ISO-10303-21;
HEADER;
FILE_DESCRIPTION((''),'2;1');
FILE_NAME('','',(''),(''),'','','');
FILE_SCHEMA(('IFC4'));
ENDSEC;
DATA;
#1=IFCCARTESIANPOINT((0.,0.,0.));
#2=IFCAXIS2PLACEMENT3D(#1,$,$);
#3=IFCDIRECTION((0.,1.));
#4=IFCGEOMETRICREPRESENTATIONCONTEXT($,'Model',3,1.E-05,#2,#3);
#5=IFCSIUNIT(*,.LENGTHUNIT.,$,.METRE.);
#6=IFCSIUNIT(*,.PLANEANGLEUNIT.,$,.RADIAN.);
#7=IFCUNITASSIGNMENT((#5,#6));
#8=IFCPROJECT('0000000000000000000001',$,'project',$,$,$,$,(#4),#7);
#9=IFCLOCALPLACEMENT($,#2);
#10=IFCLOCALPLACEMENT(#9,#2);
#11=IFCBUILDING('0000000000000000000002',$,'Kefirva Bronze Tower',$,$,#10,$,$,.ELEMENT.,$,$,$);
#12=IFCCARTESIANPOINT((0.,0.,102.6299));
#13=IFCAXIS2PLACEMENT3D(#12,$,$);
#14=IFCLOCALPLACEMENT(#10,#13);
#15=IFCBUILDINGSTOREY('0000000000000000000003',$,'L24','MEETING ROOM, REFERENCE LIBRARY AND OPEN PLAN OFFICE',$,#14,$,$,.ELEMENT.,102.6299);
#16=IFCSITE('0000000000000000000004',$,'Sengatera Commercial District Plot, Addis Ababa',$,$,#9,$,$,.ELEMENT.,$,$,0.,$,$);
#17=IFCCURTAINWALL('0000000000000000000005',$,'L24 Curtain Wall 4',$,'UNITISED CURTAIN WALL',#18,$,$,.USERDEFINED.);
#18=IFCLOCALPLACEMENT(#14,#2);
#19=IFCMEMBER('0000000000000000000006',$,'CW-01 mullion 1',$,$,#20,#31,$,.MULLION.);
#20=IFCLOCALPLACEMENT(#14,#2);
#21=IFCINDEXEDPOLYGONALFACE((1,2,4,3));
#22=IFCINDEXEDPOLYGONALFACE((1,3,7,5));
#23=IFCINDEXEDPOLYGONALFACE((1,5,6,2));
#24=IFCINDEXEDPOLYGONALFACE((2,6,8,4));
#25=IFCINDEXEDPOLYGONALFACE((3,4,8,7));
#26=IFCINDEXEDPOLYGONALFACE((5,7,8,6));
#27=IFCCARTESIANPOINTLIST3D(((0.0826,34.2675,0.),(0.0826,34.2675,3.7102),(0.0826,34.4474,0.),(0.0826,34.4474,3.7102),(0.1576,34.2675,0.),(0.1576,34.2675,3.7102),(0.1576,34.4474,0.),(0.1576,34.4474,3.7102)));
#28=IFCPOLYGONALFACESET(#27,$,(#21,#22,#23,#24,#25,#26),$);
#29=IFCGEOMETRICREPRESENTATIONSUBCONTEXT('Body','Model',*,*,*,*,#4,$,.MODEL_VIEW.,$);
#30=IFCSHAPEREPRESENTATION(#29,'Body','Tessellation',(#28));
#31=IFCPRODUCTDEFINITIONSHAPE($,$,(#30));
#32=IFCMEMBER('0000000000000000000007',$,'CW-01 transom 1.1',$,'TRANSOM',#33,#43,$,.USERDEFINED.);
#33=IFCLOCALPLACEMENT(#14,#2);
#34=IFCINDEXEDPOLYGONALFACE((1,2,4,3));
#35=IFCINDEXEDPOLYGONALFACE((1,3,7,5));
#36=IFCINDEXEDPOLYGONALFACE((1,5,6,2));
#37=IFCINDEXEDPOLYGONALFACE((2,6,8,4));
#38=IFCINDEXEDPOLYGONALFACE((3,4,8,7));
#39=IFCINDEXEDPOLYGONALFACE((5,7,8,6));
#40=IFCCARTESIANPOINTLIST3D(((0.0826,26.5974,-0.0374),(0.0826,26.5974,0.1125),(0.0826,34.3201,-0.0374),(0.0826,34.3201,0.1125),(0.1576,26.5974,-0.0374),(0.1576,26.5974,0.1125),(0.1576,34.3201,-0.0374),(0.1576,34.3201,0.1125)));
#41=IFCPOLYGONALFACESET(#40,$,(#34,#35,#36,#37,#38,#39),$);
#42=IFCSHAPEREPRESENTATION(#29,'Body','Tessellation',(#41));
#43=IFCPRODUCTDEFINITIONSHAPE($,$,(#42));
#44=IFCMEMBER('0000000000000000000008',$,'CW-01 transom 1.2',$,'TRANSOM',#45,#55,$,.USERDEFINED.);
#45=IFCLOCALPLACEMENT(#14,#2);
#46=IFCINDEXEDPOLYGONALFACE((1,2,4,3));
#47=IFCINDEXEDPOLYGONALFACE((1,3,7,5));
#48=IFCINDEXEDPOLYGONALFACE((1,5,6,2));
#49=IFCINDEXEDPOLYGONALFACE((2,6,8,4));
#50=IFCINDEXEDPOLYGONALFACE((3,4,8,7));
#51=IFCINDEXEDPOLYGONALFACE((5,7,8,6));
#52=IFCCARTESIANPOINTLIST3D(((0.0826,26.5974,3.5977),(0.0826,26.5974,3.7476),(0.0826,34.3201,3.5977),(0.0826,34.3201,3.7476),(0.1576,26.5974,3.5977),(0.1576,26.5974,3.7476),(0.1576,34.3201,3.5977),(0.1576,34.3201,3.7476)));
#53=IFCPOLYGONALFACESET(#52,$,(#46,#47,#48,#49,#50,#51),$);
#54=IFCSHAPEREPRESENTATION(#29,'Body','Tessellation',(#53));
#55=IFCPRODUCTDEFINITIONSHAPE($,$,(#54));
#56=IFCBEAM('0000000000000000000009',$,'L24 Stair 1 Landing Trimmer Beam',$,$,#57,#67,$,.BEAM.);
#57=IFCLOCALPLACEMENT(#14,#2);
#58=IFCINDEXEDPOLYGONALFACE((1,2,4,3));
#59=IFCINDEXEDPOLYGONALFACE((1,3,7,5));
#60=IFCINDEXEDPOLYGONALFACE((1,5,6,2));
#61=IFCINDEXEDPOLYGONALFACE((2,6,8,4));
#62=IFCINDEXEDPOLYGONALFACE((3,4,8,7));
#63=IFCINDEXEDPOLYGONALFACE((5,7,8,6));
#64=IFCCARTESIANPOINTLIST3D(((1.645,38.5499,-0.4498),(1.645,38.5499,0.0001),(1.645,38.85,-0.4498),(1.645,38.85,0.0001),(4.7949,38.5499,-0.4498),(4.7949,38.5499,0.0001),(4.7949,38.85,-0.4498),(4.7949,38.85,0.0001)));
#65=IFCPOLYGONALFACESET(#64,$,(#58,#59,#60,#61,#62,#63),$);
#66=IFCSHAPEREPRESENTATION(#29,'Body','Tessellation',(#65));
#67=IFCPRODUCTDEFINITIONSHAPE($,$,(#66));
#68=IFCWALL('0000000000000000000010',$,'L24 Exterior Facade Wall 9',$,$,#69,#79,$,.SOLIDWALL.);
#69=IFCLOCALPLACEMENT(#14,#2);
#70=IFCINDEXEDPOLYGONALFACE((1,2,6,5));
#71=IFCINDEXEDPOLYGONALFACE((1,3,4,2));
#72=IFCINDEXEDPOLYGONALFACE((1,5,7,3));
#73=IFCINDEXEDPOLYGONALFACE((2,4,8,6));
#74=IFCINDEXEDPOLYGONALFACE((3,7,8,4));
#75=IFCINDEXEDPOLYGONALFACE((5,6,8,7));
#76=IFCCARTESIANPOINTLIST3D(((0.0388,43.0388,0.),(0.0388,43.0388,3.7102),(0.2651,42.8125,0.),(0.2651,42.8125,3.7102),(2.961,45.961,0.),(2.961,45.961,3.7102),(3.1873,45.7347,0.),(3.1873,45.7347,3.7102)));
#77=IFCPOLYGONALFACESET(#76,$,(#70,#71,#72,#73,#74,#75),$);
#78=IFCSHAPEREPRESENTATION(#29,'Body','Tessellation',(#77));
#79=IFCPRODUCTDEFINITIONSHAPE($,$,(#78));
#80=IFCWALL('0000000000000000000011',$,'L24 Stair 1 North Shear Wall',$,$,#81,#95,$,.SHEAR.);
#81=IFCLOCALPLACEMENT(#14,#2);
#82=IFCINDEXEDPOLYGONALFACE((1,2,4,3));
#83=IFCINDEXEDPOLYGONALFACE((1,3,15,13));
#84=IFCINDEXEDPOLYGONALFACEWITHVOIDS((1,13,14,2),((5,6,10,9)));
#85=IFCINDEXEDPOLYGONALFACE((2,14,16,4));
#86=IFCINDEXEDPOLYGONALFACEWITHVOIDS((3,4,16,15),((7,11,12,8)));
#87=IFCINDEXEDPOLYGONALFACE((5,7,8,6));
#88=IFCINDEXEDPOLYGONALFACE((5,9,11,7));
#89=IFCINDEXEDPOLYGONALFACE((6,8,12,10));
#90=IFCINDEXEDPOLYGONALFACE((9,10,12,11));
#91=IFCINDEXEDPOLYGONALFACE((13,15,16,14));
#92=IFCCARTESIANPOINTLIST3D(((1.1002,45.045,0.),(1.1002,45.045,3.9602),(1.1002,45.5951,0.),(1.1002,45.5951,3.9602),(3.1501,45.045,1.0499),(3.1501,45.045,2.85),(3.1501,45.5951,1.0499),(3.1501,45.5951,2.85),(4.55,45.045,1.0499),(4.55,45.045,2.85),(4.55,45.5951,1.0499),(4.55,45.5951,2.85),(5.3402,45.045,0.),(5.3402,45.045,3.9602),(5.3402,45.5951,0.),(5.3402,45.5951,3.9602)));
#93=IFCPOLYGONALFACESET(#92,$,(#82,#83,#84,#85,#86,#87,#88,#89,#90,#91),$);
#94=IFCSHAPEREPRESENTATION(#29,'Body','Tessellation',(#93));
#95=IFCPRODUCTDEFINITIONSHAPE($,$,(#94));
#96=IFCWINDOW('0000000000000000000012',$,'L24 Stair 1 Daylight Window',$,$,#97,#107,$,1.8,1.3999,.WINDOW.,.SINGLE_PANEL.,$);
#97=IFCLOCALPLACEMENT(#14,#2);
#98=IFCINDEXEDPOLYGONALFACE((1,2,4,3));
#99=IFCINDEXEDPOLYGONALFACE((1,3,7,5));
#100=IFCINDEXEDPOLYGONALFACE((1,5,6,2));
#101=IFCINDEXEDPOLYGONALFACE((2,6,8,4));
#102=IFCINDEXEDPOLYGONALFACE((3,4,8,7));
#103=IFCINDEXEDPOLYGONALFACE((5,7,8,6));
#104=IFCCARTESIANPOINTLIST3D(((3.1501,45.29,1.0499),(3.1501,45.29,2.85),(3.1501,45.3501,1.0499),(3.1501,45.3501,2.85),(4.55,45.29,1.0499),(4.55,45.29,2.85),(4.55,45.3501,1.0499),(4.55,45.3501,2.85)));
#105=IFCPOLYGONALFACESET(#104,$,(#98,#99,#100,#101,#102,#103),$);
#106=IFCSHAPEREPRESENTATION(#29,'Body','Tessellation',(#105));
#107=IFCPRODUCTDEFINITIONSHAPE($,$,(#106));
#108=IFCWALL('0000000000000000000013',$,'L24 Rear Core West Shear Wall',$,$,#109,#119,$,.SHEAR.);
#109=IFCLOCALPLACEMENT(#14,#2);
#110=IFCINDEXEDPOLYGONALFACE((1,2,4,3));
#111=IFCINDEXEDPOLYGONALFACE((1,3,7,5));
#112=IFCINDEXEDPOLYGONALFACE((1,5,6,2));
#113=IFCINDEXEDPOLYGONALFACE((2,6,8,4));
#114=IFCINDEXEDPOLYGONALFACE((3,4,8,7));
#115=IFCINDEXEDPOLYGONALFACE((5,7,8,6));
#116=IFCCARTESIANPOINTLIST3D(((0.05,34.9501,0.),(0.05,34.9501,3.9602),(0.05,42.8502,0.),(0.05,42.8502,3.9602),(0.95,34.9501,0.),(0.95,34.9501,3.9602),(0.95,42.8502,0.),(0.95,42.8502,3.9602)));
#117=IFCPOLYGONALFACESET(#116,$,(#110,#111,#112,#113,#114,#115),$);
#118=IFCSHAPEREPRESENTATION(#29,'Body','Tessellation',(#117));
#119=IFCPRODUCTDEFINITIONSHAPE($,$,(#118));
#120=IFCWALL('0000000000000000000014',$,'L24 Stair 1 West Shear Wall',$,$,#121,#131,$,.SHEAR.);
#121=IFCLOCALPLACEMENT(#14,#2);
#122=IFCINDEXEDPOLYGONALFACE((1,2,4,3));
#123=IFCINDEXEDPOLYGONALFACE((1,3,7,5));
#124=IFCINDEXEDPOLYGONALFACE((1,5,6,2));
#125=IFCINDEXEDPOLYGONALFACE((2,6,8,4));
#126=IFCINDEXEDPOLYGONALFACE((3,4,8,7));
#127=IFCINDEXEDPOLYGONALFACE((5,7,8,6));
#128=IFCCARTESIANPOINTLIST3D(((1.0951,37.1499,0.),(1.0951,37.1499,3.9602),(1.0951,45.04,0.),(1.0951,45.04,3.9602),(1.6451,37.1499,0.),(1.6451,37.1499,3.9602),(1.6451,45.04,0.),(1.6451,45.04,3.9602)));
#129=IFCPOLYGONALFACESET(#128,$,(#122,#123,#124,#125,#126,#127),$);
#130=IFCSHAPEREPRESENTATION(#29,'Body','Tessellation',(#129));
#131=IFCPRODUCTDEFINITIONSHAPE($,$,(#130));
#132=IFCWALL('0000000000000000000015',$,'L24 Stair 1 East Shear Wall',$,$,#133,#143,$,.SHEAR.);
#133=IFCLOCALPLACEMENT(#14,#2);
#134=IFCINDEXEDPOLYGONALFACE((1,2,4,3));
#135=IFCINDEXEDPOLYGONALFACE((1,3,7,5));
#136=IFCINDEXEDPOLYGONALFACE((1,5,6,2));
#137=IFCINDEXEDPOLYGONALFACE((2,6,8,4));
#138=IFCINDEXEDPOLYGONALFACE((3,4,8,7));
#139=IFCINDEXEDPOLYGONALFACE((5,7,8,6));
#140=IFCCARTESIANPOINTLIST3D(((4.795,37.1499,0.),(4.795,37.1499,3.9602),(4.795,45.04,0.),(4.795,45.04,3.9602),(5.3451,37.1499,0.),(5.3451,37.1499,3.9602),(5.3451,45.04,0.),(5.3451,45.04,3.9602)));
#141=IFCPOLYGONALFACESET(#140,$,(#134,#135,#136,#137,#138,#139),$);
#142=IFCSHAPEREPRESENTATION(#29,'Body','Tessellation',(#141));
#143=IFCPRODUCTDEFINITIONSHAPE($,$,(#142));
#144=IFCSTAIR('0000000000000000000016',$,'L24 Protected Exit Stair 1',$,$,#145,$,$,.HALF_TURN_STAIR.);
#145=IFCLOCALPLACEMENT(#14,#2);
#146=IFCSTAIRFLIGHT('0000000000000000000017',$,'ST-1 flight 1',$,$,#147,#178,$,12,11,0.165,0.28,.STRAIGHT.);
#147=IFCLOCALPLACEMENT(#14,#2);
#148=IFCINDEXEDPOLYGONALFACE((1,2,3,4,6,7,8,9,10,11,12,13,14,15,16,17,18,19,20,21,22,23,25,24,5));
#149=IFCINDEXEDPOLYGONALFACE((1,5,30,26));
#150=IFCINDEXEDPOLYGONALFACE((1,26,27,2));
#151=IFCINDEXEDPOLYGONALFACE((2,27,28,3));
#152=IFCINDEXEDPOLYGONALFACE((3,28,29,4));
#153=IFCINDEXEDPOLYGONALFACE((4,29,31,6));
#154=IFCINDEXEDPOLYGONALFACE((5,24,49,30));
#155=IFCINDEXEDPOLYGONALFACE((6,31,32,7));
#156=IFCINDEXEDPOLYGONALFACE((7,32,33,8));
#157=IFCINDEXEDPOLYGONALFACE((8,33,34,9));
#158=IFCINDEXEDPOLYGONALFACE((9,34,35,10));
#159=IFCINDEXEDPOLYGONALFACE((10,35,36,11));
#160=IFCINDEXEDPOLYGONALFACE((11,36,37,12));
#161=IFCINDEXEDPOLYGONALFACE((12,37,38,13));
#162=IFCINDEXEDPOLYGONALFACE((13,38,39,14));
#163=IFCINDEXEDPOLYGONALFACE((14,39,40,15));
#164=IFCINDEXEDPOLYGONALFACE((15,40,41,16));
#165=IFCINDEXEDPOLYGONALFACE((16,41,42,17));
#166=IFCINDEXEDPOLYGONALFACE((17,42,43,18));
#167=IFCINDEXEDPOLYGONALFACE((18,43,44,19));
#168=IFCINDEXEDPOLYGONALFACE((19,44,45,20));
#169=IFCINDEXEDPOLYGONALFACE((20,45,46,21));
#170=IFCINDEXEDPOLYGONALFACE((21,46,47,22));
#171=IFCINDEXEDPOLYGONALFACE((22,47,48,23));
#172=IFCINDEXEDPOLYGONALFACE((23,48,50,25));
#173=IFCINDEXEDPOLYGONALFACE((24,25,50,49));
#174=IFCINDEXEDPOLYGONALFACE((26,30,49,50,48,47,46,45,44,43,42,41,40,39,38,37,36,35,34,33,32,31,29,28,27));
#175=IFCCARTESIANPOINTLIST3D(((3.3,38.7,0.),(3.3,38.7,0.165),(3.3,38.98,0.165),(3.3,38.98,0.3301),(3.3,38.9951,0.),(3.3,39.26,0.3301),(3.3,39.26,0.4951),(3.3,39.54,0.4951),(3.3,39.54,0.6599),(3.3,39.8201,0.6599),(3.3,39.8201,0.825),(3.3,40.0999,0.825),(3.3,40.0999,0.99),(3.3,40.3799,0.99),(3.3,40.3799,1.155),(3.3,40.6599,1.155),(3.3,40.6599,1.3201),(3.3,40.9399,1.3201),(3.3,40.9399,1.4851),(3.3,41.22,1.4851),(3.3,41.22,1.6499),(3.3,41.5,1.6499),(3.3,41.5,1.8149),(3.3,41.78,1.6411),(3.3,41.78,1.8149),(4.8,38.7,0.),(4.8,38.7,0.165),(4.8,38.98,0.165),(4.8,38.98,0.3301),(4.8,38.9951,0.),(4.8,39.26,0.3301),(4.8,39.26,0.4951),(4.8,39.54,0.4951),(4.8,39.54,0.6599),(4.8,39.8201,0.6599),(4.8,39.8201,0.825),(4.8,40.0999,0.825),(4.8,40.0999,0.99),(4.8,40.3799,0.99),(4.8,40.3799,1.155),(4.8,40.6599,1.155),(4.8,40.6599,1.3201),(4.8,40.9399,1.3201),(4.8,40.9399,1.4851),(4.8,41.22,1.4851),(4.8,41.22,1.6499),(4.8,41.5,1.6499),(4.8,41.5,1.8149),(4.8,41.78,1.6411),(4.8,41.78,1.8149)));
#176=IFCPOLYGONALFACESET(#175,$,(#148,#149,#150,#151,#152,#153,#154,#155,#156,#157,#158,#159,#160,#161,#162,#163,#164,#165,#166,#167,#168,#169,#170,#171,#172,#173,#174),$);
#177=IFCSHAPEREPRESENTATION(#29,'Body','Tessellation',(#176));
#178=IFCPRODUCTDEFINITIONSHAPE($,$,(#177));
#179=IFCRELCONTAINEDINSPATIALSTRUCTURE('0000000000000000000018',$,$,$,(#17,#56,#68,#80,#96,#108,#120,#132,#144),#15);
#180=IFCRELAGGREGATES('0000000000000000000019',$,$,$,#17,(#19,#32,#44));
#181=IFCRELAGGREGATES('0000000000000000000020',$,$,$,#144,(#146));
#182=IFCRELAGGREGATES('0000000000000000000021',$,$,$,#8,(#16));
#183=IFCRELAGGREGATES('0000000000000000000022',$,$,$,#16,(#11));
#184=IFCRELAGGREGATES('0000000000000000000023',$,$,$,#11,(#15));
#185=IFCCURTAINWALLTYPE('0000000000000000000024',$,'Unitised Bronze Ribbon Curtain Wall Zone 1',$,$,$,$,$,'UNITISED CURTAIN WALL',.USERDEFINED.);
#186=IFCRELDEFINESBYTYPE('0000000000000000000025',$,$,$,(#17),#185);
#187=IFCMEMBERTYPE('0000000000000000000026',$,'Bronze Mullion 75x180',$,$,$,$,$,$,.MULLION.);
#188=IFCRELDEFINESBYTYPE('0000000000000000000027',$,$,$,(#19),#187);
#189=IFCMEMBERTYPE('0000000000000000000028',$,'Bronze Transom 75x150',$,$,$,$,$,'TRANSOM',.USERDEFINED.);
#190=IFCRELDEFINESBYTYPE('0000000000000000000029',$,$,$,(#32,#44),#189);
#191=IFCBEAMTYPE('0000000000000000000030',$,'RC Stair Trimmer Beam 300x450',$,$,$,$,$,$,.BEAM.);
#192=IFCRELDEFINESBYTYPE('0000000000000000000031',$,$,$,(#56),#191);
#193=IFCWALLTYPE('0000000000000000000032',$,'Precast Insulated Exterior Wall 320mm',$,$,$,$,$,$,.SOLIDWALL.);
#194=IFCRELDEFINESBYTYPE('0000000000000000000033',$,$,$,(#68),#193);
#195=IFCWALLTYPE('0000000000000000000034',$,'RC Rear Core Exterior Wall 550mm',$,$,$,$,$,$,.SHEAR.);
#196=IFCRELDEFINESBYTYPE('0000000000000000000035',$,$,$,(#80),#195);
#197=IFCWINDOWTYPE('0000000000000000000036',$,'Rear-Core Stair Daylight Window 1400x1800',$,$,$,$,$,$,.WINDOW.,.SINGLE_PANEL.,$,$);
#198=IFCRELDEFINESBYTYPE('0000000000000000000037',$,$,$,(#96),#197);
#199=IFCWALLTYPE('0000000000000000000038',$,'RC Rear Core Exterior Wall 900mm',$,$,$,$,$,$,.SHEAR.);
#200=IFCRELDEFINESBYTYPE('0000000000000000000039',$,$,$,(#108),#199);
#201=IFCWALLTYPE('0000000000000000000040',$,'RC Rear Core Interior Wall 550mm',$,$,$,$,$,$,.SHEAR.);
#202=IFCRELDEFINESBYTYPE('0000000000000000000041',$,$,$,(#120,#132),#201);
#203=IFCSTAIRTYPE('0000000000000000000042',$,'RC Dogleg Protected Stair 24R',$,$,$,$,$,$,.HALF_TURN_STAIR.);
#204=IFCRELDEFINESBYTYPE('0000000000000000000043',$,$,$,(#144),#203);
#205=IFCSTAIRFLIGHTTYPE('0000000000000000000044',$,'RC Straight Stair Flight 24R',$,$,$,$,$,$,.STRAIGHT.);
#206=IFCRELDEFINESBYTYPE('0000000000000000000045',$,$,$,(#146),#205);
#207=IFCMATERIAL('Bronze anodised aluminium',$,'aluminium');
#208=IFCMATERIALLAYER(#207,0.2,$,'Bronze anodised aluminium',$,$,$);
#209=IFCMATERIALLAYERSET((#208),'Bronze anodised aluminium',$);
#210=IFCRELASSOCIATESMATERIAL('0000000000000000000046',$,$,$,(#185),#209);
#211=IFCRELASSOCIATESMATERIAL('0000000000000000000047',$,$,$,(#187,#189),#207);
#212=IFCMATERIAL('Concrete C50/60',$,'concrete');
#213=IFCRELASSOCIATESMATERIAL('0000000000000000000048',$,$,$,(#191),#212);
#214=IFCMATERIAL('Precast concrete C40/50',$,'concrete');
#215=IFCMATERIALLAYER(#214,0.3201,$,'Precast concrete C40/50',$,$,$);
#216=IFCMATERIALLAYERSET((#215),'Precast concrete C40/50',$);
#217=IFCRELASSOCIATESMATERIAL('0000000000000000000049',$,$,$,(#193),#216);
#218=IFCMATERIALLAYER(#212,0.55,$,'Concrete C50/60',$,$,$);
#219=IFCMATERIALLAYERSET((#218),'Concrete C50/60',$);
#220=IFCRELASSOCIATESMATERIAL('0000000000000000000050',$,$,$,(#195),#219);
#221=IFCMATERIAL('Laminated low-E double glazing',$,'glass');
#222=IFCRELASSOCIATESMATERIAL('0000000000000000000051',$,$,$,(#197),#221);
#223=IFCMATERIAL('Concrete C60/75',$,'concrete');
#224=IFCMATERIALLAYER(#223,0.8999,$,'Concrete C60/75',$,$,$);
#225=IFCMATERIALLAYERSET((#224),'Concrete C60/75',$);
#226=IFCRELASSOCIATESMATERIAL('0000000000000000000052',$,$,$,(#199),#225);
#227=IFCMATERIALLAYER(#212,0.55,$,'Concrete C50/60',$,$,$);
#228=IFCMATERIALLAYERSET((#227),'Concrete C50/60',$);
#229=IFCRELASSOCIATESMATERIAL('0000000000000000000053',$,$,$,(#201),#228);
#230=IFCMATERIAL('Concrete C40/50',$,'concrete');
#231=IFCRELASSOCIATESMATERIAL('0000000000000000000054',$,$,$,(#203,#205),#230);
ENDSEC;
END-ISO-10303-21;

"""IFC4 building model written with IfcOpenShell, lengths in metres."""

from ifc_helpers import new_model, si_unit, direction, frame, frame_2d, origin, origin_2d, place, context, subcontext, project, spatial, polyline, rectangle, outline, extrude, material, layer, layer_set, material_profile, profile_set, type_object, element, fill, aggregate, save


model = new_model("IFC4")

# Units and contexts
model_context = context("Model", 3, precision=1e-05, world=origin(), true_north=direction((0.0, 1.0)))
body_context = subcontext(model_context, "Body", "Model", "MODEL_VIEW")
ifc_project = project(units=[si_unit("LENGTHUNIT", "METRE"), si_unit("PLANEANGLEUNIT", "RADIAN")], contexts=[model_context])

# Site, building, storey
site_placement = place(None, origin())
site = spatial("IfcSite", under=ifc_project, at=site_placement, Name="Sengatera Commercial District Plot, Addis Ababa", CompositionType="ELEMENT", RefElevation=0.0)
building_placement = place(site_placement, origin())
building = spatial("IfcBuilding", under=site, at=building_placement, Name="Kefirva Bronze Tower", CompositionType="ELEMENT")
storey_placement = place(building_placement, frame((0.0, 0.0, 102.6299)))
storey = spatial("IfcBuildingStorey", under=building, at=storey_placement, Name="L24", Description="MEETING ROOM, REFERENCE LIBRARY AND OPEN PLAN OFFICE", CompositionType="ELEMENT", Elevation=102.6299)

# Curtain wall, members
ifc_material_1 = material(Name="Bronze anodised aluminium", Category="aluminium")
ifc_layer_1 = layer(ifc_material_1, 0.2, Name="Bronze anodised aluminium")
ifc_layer_set_1 = layer_set([ifc_layer_1], Name="Bronze anodised aluminium")
curtain_wall_type = type_object("IfcCurtainWallType", Name="Unitised Bronze Ribbon Curtain Wall Zone 1", ElementType="UNITISED CURTAIN WALL", PredefinedType="USERDEFINED", material=ifc_layer_set_1)
curtain_wall_placement = place(storey_placement, origin())
curtain_wall = element("IfcCurtainWall", 1, at=curtain_wall_placement, inside=storey, type_object=curtain_wall_type, Name="L24 Curtain Wall 4", ObjectType="UNITISED CURTAIN WALL", PredefinedType="USERDEFINED")
ifc_material_profile_1 = material_profile(ifc_material_1, rectangle(XDim=0.075, YDim=0.1799, at=origin_2d()), Name="ALU 75x180")
ifc_profile_set_1 = profile_set([ifc_material_profile_1], Name="Bronze anodised aluminium")
member_type_1 = type_object("IfcMemberType", Name="Bronze Mullion 75x180", PredefinedType="MULLION", material=ifc_profile_set_1)
member_1_placement = place(storey_placement, frame((0.1201, 34.3574, 0.0), z_axis=(0.0, 0.0, 1.0), x_axis=(1.0, 0.0, 0.0)))
member_1 = element("IfcMember", 2, at=member_1_placement, type_object=member_type_1, Name="CW-01 mullion 1", PredefinedType="MULLION", context=body_context, shape_type="SweptSolid", body=[
    extrude(rectangle(XDim=0.075, YDim=0.1799, at=origin_2d()), origin(), (0.0, 0.0, 1.0), 3.7102),
])
ifc_material_profile_2 = material_profile(ifc_material_1, rectangle(XDim=0.075, YDim=0.1499, at=origin_2d()), Name="ALU 75x150")
ifc_profile_set_2 = profile_set([ifc_material_profile_2], Name="Bronze anodised aluminium")
member_type_2 = type_object("IfcMemberType", Name="Bronze Transom 75x150", ElementType="TRANSOM", PredefinedType="USERDEFINED", material=ifc_profile_set_2)
member_2_placement = place(storey_placement, frame((0.1201, 34.3201, 0.0376), z_axis=(0.0, -1.0, 0.0), x_axis=(1.0, 0.0, 0.0)))
member_2 = element("IfcMember", 3, at=member_2_placement, type_object=member_type_2, Name="CW-01 transom 1.1", ObjectType="TRANSOM", PredefinedType="USERDEFINED", context=body_context, shape_type="SweptSolid", body=[
    extrude(rectangle(XDim=0.075, YDim=0.1499, at=origin_2d()), origin(), (0.0, 0.0, 1.0), 7.7227),
])
member_3_placement = place(storey_placement, frame((0.1201, 34.3201, 3.6726), z_axis=(0.0, -1.0, 0.0), x_axis=(1.0, 0.0, 0.0)))
member_3 = element("IfcMember", 4, at=member_3_placement, type_object=member_type_2, Name="CW-01 transom 1.2", ObjectType="TRANSOM", PredefinedType="USERDEFINED", context=body_context, shape_type="SweptSolid", body=[
    extrude(rectangle(XDim=0.075, YDim=0.1499, at=origin_2d()), origin(), (0.0, 0.0, 1.0), 7.7227),
])
aggregate(curtain_wall, [member_1, member_2, member_3])

# Beam
ifc_material_2 = material(Name="Concrete C50/60", Category="concrete")
ifc_material_profile_3 = material_profile(ifc_material_2, rectangle(XDim=0.3, YDim=0.45, at=origin_2d()), Name="RC 300x450")
ifc_profile_set_3 = profile_set([ifc_material_profile_3], Name="Concrete C50/60")
beam_type = type_object("IfcBeamType", Name="RC Stair Trimmer Beam 300x450", PredefinedType="BEAM", material=ifc_profile_set_3)
beam_placement = place(storey_placement, frame((1.645, 38.7, -0.2249), z_axis=(1.0, 0.0, 0.0), x_axis=(0.0, 1.0, 0.0)))
element("IfcBeam", 5, at=beam_placement, inside=storey, type_object=beam_type, Name="L24 Stair 1 Landing Trimmer Beam", PredefinedType="BEAM", context=body_context, shape_type="SweptSolid", body=[
    extrude(rectangle(XDim=0.3, YDim=0.45, at=origin_2d()), origin(), (0.0, 0.0, 1.0), 3.1499),
])

# Wall
ifc_material_3 = material(Name="Precast concrete C40/50", Category="concrete")
ifc_layer_2 = layer(ifc_material_3, 0.3201, Name="Precast concrete C40/50")
ifc_layer_set_2 = layer_set([ifc_layer_2], Name="Precast concrete C40/50")
wall_type_1 = type_object("IfcWallType", Name="Precast Insulated Exterior Wall 320mm", PredefinedType="SOLIDWALL", material=ifc_layer_set_2)
wall_1_placement = place(storey_placement, frame((3.0742, 45.8479, 0.0), z_axis=(0.0, 0.0, 1.0), x_axis=(-0.707107, -0.707107, 0.0)))
element("IfcWall", 6, at=wall_1_placement, inside=storey, type_object=wall_type_1, Name="L24 Exterior Facade Wall 9", PredefinedType="SOLIDWALL", context=body_context, shape_type="SweptSolid", body=[
    extrude(rectangle(XDim=4.1326, YDim=0.3201, at=frame_2d((2.0664, 0.0))), origin(), (0.0, 0.0, 1.0), 3.7102),
])

# Wall, opening, window
ifc_layer_3 = layer(ifc_material_2, 0.55, Name="Concrete C50/60")
ifc_layer_set_3 = layer_set([ifc_layer_3], Name="Concrete C50/60")
wall_type_2 = type_object("IfcWallType", Name="RC Rear Core Exterior Wall 550mm", PredefinedType="SHEAR", material=ifc_layer_set_3)
wall_2_placement = place(storey_placement, frame((1.1001, 45.3201, 0.0), z_axis=(0.0, 0.0, 1.0), x_axis=(1.0, 0.0, 0.0)))
wall_2 = element("IfcWall", 7, at=wall_2_placement, inside=storey, type_object=wall_type_2, Name="L24 Stair 1 North Shear Wall", PredefinedType="SHEAR", context=body_context, shape_type="SweptSolid", body=[
    extrude(rectangle(XDim=4.24, YDim=0.55, at=frame_2d((2.1201, 0.0))), origin(), (0.0, 0.0, 1.0), 3.9602),
])
opening_1_placement = place(wall_2_placement, frame((2.05, 0.0, 1.05)))
opening_1 = element("IfcOpeningElement", 8, at=opening_1_placement, cuts=wall_2, PredefinedType="OPENING", context=body_context, shape_type="SweptSolid", body=[
    extrude(rectangle(XDim=1.3999, YDim=1.8, at=frame_2d((0.7, 0.8999))), frame((0.0, 0.2852, 0.0), z_axis=(0.0, -1.0, 0.0), x_axis=(1.0, 0.0, 0.0)), (0.0, 0.0, 1.0), 0.5701),
])
ifc_material_4 = material(Name="Laminated low-E double glazing", Category="glass")
window_type = type_object("IfcWindowType", Name="Rear-Core Stair Daylight Window 1400x1800", PartitioningType="SINGLE_PANEL", PredefinedType="WINDOW", material=ifc_material_4)
window_placement = place(opening_1_placement, origin())
window = element("IfcWindow", 9, at=window_placement, inside=storey, type_object=window_type, Name="L24 Stair 1 Daylight Window", OverallHeight=1.8, OverallWidth=1.3999, PartitioningType="SINGLE_PANEL", PredefinedType="WINDOW", context=body_context, shape_type="SweptSolid", body=[
    extrude(rectangle(XDim=1.3999, YDim=1.8, at=frame_2d((0.7, 0.8999))), frame((0.0, 0.03, 0.0), z_axis=(0.0, -1.0, 0.0), x_axis=(1.0, 0.0, 0.0)), (0.0, 0.0, 1.0), 0.0601),
])
fill(opening_1, window)

# Walls
ifc_material_5 = material(Name="Concrete C60/75", Category="concrete")
ifc_layer_4 = layer(ifc_material_5, 0.8999, Name="Concrete C60/75")
ifc_layer_set_4 = layer_set([ifc_layer_4], Name="Concrete C60/75")
wall_type_3 = type_object("IfcWallType", Name="RC Rear Core Exterior Wall 900mm", PredefinedType="SHEAR", material=ifc_layer_set_4)
wall_3_placement = place(storey_placement, frame((0.5, 34.95, 0.0), z_axis=(0.0, 0.0, 1.0), x_axis=(0.0, 1.0, 0.0)))
element("IfcWall", 10, at=wall_3_placement, inside=storey, type_object=wall_type_3, Name="L24 Rear Core West Shear Wall", PredefinedType="SHEAR", context=body_context, shape_type="SweptSolid", body=[
    extrude(rectangle(XDim=7.9001, YDim=0.8999, at=frame_2d((3.9502, 0.0))), origin(), (0.0, 0.0, 1.0), 3.9602),
])
ifc_layer_5 = layer(ifc_material_2, 0.55, Name="Concrete C50/60")
ifc_layer_set_5 = layer_set([ifc_layer_5], Name="Concrete C50/60")
wall_type_4 = type_object("IfcWallType", Name="RC Rear Core Interior Wall 550mm", PredefinedType="SHEAR", material=ifc_layer_set_5)
for number, where, z_axis, x_axis, name in (
    (11, (1.3701, 37.1499, 0.0), (0.0, 0.0, 1.0), (0.0, 1.0, 0.0), "L24 Stair 1 West Shear Wall"),
    (12, (5.0701, 37.1499, 0.0), (0.0, 0.0, 1.0), (0.0, 1.0, 0.0), "L24 Stair 1 East Shear Wall"),
):
    element("IfcWall", number, at=place(storey_placement, frame(where, z_axis=z_axis, x_axis=x_axis)), inside=storey, type_object=wall_type_4, Name=name, PredefinedType="SHEAR", context=body_context, shape_type="SweptSolid", body=[
        extrude(rectangle(XDim=7.8901, YDim=0.55, at=frame_2d((3.9451, 0.0))), origin(), (0.0, 0.0, 1.0), 3.9602),
    ])

# Stair, stair flight
ifc_material_6 = material(Name="Concrete C40/50", Category="concrete")
stair_type = type_object("IfcStairType", Name="RC Dogleg Protected Stair 24R", PredefinedType="HALF_TURN_STAIR", material=ifc_material_6)
stair_placement = place(storey_placement, origin())
stair = element("IfcStair", 13, at=stair_placement, inside=storey, type_object=stair_type, Name="L24 Protected Exit Stair 1", PredefinedType="HALF_TURN_STAIR")
stair_flight_type = type_object("IfcStairFlightType", Name="RC Straight Stair Flight 24R", PredefinedType="STRAIGHT", material=ifc_material_6)
stair_flight_1_placement = place(storey_placement, frame((4.05, 38.7, 0.0), z_axis=(0.0, 0.0, 1.0), x_axis=(0.0, 1.0, 0.0)))
stair_flight_1 = element("IfcStairFlight", 14, at=stair_flight_1_placement, type_object=stair_flight_type, Name="ST-1 flight 1", NumberOfRisers=12, NumberOfTreads=11, PredefinedType="STRAIGHT", RiserHeight=0.165, TreadLength=0.28, context=body_context, shape_type="SweptSolid", body=[
    extrude(outline(polyline([(0.0, 0.0), (0.0, 0.165), (0.28, 0.165), (0.28, 0.3301), (0.5601, 0.3301), (0.5601, 0.4951), (0.8401, 0.4951), (0.8401, 0.6599), (1.1201, 0.6599), (1.1201, 0.825), (1.3999, 0.825), (1.3999, 0.99), (1.6799, 0.99), (1.6799, 1.155), (1.96, 1.155), (1.96, 1.3201), (2.24, 1.3201), (2.24, 1.4851), (2.52, 1.4851), (2.52, 1.6499), (2.8, 1.6499), (2.8, 1.8149), (3.0801, 1.8149), (3.0801, 1.98), (3.0801, 1.6411), (0.2952, 0.0), (0.0, 0.0)])), frame((0.0, 0.75, 0.0), z_axis=(0.0, -1.0, 0.0), x_axis=(1.0, 0.0, 0.0)), (0.0, 0.0, 1.0), 1.5),
])
aggregate(stair, [stair_flight_1])

save(model, "model.ifc")
